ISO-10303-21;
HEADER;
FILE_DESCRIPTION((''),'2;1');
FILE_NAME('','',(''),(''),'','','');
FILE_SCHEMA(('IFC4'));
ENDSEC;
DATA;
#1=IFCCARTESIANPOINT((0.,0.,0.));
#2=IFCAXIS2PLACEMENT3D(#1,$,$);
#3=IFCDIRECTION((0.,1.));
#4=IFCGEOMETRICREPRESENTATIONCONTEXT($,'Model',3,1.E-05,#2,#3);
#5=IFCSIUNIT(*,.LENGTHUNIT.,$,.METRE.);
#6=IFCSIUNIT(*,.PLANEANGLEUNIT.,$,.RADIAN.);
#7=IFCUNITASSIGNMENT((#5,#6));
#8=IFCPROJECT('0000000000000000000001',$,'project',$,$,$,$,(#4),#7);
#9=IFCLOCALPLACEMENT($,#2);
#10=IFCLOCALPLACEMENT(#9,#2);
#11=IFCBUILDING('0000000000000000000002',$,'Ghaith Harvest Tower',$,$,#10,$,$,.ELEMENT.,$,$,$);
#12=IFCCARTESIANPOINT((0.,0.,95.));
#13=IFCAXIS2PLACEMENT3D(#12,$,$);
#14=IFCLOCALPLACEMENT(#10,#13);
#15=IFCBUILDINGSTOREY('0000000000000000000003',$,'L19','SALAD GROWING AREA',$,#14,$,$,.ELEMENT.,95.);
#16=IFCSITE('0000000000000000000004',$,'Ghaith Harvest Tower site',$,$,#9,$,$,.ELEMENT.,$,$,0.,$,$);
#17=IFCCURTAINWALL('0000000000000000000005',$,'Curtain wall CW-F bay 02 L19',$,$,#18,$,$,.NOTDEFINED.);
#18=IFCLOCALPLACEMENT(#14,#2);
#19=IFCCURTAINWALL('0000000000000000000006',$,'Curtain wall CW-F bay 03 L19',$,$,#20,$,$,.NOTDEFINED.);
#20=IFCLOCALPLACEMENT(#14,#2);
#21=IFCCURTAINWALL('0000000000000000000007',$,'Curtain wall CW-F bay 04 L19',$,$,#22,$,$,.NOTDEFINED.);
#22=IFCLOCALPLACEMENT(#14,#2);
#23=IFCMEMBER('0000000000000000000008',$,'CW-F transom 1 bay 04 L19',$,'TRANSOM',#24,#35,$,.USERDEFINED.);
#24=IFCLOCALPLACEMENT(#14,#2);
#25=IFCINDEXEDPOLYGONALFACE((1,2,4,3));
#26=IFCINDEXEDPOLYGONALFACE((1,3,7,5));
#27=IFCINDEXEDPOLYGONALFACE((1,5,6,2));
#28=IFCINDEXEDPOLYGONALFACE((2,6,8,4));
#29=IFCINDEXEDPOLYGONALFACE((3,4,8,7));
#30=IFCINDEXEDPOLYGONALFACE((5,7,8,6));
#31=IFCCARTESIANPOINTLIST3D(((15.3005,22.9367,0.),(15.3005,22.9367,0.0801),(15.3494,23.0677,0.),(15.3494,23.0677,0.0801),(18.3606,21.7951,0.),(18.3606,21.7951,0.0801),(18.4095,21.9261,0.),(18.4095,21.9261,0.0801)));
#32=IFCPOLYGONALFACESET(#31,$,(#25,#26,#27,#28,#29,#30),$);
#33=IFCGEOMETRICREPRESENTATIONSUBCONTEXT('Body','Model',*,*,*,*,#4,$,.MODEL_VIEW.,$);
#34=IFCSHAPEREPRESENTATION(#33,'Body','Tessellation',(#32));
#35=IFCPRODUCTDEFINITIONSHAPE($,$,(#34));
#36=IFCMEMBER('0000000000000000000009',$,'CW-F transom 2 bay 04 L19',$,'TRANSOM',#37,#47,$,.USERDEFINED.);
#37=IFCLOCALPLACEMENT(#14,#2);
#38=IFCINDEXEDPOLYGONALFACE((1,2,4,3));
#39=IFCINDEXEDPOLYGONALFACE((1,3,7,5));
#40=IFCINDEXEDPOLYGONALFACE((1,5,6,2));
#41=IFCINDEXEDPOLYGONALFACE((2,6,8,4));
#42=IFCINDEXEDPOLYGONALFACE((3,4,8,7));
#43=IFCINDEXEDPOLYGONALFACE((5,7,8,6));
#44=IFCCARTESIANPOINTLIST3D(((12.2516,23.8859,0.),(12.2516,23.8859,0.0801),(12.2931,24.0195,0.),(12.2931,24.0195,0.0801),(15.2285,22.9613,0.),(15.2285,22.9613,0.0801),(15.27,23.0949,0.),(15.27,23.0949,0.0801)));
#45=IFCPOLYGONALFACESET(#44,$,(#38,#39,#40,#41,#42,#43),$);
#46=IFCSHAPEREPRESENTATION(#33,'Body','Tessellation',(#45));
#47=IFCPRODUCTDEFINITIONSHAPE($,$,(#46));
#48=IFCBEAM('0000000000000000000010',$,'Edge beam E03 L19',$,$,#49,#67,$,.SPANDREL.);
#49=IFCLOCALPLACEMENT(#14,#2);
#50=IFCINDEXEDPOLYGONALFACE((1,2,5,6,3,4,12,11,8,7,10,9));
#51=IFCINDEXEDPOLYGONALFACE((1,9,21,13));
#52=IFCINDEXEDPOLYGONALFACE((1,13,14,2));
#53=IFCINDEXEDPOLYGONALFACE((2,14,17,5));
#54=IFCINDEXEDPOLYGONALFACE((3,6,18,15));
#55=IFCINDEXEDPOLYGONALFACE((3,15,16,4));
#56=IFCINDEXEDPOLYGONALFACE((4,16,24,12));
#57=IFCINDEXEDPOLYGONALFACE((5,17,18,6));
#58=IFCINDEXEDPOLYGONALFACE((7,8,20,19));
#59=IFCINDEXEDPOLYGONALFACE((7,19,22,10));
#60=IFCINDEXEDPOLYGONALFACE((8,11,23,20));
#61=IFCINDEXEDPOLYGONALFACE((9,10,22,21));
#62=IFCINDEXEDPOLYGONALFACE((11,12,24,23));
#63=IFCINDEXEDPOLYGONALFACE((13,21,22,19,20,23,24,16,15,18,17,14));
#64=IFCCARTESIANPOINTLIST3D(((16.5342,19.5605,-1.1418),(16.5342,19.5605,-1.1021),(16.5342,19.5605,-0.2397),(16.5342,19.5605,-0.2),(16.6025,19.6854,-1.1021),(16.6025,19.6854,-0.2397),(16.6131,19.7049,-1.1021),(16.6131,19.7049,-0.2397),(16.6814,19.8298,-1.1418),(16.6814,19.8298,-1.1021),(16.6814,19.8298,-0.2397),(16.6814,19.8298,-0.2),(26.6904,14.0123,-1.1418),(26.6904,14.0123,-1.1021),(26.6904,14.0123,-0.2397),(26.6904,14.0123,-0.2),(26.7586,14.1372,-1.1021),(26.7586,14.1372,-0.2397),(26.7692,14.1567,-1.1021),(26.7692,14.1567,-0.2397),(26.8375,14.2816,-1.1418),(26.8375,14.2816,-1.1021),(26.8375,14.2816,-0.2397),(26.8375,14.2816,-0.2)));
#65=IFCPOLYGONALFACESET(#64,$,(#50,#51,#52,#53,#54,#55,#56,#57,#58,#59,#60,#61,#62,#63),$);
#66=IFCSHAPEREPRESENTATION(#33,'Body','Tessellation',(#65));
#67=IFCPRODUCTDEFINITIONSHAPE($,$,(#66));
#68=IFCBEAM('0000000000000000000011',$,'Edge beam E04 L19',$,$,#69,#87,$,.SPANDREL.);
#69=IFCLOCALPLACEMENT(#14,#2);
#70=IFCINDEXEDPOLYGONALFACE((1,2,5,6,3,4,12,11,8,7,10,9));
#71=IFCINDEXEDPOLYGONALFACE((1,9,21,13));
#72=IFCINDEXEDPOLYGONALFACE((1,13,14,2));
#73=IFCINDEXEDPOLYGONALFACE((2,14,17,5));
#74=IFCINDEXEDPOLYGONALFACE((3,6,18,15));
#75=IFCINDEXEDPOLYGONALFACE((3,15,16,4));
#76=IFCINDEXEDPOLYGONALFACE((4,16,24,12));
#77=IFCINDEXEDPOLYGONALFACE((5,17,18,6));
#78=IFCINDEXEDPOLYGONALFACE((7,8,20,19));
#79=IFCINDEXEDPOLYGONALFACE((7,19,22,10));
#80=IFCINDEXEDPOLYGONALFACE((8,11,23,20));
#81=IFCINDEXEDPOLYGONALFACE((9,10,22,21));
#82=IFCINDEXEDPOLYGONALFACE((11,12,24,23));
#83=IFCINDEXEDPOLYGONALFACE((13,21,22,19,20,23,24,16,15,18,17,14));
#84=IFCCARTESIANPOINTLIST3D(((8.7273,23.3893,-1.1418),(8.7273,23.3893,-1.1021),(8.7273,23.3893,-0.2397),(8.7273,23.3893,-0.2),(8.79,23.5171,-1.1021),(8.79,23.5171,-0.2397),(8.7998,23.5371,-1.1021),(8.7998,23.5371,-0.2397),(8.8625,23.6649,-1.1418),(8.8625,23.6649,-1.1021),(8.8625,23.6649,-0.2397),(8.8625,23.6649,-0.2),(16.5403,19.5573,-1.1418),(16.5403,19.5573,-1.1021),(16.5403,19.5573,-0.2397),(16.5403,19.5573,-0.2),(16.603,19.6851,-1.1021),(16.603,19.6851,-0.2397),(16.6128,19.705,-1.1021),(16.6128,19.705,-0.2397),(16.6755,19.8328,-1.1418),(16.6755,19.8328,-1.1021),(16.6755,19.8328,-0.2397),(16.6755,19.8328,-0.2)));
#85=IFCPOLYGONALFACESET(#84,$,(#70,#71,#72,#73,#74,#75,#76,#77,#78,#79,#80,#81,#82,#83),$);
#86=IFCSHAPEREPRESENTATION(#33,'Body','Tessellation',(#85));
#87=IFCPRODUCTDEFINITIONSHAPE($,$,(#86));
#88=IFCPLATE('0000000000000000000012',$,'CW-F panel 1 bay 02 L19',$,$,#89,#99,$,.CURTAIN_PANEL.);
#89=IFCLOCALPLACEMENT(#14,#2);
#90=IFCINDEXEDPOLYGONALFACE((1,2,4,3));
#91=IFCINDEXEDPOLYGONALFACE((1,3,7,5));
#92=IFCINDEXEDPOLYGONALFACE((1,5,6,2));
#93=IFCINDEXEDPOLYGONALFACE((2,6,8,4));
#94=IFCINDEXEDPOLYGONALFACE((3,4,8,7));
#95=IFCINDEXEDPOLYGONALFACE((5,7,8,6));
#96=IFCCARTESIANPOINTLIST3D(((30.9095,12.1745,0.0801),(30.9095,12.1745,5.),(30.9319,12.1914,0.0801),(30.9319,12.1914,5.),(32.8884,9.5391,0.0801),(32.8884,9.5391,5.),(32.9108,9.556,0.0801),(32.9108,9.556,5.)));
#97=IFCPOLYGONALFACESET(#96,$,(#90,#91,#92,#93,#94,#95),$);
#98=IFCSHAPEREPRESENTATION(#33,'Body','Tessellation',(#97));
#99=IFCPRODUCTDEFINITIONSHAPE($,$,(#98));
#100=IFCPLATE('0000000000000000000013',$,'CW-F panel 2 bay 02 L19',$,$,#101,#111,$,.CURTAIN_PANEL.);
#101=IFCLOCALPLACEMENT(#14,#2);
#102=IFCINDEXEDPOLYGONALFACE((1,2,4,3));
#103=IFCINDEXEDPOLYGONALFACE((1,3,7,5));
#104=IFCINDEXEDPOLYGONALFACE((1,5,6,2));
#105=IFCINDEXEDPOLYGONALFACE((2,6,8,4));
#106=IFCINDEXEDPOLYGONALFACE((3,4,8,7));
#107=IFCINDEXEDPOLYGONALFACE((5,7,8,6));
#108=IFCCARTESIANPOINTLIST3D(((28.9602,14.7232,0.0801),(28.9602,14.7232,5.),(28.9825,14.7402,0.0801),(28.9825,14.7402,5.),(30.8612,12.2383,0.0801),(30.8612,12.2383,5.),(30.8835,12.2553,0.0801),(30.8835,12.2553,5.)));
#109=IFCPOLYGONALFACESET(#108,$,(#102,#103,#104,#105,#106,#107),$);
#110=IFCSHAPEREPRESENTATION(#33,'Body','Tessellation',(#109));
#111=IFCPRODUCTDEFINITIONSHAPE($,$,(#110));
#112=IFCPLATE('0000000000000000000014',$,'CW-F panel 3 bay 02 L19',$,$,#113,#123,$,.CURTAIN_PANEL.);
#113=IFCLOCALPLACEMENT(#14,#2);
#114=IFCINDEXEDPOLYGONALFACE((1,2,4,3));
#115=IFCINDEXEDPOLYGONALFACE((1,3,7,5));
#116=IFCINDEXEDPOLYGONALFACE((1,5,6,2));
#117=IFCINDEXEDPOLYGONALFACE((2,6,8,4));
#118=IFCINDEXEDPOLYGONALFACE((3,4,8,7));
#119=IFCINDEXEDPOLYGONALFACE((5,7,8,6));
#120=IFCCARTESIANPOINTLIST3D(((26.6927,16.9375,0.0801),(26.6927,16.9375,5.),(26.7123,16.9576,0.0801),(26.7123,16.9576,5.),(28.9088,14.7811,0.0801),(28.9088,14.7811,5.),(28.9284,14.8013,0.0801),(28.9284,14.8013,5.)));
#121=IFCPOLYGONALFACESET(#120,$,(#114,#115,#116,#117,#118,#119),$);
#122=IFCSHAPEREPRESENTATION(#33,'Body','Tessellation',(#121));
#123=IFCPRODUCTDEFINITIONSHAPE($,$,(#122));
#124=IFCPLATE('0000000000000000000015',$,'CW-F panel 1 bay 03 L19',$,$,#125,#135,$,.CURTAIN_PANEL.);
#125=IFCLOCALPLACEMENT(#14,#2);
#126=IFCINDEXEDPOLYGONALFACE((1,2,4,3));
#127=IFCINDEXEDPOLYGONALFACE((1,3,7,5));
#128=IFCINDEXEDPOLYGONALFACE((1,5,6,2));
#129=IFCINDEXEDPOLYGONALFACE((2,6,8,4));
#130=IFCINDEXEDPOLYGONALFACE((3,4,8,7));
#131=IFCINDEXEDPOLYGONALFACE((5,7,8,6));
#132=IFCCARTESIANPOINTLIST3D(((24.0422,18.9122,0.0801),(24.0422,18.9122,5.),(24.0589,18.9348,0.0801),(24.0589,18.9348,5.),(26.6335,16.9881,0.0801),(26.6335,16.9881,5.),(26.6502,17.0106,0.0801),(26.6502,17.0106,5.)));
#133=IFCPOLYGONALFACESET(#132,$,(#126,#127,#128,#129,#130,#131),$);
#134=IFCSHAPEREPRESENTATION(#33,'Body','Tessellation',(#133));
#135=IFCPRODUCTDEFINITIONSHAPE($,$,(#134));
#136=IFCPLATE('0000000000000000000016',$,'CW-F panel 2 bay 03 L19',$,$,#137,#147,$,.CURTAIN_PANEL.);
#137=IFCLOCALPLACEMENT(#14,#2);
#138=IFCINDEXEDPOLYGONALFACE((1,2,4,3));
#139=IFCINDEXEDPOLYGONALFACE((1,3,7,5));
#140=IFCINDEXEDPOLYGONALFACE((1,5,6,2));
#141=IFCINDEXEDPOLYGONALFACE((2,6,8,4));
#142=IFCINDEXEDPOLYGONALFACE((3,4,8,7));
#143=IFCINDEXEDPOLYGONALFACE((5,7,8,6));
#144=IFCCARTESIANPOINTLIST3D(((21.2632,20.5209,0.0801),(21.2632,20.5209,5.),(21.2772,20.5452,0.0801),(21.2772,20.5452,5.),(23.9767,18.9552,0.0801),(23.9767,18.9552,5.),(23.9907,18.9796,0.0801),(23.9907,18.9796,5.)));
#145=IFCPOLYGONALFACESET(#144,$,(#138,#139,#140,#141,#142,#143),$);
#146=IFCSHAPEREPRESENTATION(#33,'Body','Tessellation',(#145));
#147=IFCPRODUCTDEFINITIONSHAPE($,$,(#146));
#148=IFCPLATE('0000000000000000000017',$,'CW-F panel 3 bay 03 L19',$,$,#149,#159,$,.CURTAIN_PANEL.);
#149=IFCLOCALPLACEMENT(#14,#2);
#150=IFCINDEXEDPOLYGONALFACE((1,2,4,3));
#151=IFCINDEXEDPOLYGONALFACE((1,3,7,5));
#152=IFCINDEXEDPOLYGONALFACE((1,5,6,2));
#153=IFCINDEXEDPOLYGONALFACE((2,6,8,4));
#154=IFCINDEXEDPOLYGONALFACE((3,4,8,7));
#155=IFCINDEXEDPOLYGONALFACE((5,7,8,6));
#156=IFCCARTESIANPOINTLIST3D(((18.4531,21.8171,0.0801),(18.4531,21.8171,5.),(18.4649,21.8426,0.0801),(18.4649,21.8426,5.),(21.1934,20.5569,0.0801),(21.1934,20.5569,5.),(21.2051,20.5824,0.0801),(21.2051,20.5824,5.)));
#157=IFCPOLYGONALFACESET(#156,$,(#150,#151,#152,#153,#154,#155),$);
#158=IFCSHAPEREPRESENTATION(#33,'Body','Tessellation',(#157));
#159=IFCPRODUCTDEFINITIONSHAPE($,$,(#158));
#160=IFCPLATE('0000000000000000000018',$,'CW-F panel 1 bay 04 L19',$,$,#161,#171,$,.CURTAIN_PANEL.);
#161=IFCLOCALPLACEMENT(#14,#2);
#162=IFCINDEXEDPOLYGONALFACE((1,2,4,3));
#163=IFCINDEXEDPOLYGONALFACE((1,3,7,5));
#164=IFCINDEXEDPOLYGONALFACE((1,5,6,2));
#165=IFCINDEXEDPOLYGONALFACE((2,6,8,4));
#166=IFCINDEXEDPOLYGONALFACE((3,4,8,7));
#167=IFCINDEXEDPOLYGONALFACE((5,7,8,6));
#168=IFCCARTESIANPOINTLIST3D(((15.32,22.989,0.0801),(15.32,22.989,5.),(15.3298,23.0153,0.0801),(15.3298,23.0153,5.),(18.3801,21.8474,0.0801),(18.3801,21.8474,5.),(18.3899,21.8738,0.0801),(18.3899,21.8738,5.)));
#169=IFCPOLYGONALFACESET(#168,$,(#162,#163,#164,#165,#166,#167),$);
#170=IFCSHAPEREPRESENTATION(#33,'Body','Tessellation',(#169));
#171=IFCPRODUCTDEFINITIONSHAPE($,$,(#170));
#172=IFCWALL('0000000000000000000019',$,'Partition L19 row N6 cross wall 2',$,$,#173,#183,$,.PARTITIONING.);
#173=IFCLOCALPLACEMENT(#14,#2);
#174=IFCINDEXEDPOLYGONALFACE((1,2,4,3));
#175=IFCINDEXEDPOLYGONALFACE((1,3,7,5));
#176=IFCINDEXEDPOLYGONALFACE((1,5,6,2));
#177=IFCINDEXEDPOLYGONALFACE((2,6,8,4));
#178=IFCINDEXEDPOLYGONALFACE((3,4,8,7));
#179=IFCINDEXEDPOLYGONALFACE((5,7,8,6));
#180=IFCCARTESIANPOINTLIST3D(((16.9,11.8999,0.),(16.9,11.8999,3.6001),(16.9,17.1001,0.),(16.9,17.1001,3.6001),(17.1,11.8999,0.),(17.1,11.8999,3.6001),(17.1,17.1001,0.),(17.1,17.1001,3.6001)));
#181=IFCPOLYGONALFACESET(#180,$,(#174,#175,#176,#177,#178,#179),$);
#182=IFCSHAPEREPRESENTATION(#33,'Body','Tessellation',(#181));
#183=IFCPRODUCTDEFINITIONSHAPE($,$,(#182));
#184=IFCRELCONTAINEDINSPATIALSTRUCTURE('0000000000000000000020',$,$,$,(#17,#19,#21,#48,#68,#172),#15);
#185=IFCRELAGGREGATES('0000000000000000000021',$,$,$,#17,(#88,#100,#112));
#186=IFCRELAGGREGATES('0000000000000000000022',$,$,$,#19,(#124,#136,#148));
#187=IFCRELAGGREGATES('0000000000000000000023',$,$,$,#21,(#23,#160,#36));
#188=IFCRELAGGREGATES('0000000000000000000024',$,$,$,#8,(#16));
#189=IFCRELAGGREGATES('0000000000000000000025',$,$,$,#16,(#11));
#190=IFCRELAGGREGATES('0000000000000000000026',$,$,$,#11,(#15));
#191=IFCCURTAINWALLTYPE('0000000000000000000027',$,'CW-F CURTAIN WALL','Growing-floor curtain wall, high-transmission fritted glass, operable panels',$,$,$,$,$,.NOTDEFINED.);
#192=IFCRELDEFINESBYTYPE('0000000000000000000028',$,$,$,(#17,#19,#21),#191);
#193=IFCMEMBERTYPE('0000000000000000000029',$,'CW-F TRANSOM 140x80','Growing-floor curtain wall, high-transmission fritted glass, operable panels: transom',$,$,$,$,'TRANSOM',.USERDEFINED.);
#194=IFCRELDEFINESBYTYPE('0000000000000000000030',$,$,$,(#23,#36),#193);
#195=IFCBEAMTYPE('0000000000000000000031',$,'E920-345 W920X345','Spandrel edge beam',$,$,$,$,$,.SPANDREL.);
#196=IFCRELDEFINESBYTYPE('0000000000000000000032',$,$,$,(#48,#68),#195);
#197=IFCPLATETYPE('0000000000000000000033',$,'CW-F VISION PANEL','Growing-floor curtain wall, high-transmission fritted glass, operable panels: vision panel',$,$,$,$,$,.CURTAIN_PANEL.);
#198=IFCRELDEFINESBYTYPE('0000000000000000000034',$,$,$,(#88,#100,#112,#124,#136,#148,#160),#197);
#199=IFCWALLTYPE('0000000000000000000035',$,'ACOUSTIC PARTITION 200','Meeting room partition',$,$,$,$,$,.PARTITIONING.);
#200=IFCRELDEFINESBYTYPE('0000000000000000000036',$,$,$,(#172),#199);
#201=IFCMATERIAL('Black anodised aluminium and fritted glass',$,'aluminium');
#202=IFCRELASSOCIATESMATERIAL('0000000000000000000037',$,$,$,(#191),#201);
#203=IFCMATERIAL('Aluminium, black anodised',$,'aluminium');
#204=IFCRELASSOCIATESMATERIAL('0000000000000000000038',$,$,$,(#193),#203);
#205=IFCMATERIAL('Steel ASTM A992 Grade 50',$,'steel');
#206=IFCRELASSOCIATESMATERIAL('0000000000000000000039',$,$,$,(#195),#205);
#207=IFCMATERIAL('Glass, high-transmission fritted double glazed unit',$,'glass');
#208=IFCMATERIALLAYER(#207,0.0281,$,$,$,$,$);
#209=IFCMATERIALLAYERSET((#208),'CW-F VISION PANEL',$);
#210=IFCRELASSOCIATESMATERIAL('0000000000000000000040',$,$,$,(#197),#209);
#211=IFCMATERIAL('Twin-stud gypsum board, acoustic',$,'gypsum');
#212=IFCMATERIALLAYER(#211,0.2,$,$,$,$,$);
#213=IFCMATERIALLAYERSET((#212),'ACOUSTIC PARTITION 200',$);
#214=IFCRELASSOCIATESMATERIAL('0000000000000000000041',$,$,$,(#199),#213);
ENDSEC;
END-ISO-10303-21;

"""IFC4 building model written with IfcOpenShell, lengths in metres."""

from ifc_helpers import new_model, si_unit, direction, frame, frame_2d, origin, origin_2d, place, context, subcontext, project, spatial, rectangle, i_section, extrude, material, layer, layer_set, material_profile, profile_set, type_object, element, aggregate, save


model = new_model("IFC4")

# Units and contexts
model_context = context("Model", 3, precision=1e-05, world=origin(), true_north=direction((0.0, 1.0)))
body_context = subcontext(model_context, "Body", "Model", "MODEL_VIEW")
ifc_project = project(units=[si_unit("LENGTHUNIT", "METRE"), si_unit("PLANEANGLEUNIT", "RADIAN")], contexts=[model_context])

# Site, building, storey
site_placement = place(None, origin())
site = spatial("IfcSite", under=ifc_project, at=site_placement, Name="Ghaith Harvest Tower site", CompositionType="ELEMENT", RefElevation=0.0)
building_placement = place(site_placement, origin())
building = spatial("IfcBuilding", under=site, at=building_placement, Name="Ghaith Harvest Tower", CompositionType="ELEMENT")
storey_placement = place(building_placement, frame((0.0, 0.0, 95.0)))
storey = spatial("IfcBuildingStorey", under=building, at=storey_placement, Name="L19", Description="SALAD GROWING AREA", CompositionType="ELEMENT", Elevation=95.0)

# Curtain walls
ifc_material_1 = material(Name="Black anodised aluminium and fritted glass", Category="aluminium")
curtain_wall_type = type_object("IfcCurtainWallType", Name="CW-F CURTAIN WALL", Description="Growing-floor curtain wall, high-transmission fritted glass, operable panels", PredefinedType="NOTDEFINED", material=ifc_material_1)
curtain_wall_1_placement = place(storey_placement, origin())
curtain_wall_1 = element("IfcCurtainWall", 1, at=curtain_wall_1_placement, inside=storey, type_object=curtain_wall_type, Name="Curtain wall CW-F bay 02 L19", PredefinedType="NOTDEFINED")
curtain_wall_2_placement = place(storey_placement, origin())
curtain_wall_2 = element("IfcCurtainWall", 2, at=curtain_wall_2_placement, inside=storey, type_object=curtain_wall_type, Name="Curtain wall CW-F bay 03 L19", PredefinedType="NOTDEFINED")
curtain_wall_3_placement = place(storey_placement, origin())
curtain_wall_3 = element("IfcCurtainWall", 3, at=curtain_wall_3_placement, inside=storey, type_object=curtain_wall_type, Name="Curtain wall CW-F bay 04 L19", PredefinedType="NOTDEFINED")

# Members
ifc_material_2 = material(Name="Aluminium, black anodised", Category="aluminium")
ifc_material_profile_1 = material_profile(ifc_material_2, rectangle(XDim=0.1399, YDim=0.0801, at=origin_2d()), Name="CW-F TRANSOM 140x80")
ifc_profile_set_1 = profile_set([ifc_material_profile_1], Name="Aluminium, black anodised")
member_type_1 = type_object("IfcMemberType", Name="CW-F TRANSOM 140x80", Description="Growing-floor curtain wall, high-transmission fritted glass, operable panels: transom", ElementType="TRANSOM", PredefinedType="USERDEFINED", material=ifc_profile_set_1)
member_1_placement = place(storey_placement, frame((18.385, 21.8606, 0.04), z_axis=(-0.936924, 0.349534, 0.0), x_axis=(-0.349534, -0.936924, 0.0)))
member_1 = element("IfcMember", 4, at=member_1_placement, type_object=member_type_1, Name="CW-F transom 1 bay 04 L19", ObjectType="TRANSOM", PredefinedType="USERDEFINED", context=body_context, shape_type="SweptSolid", body=[
    extrude(rectangle(XDim=0.1399, YDim=0.0801, at=origin_2d()), origin(), (0.0, 0.0, 1.0), 3.2661),
])
member_2_placement = place(storey_placement, frame((15.2493, 23.0281, 0.04), z_axis=(-0.954998, 0.296611, 0.0), x_axis=(-0.296611, -0.954998, 0.0)))
member_2 = element("IfcMember", 5, at=member_2_placement, type_object=member_type_1, Name="CW-F transom 2 bay 04 L19", ObjectType="TRANSOM", PredefinedType="USERDEFINED", context=body_context, shape_type="SweptSolid", body=[
    extrude(rectangle(XDim=0.1399, YDim=0.0801, at=origin_2d()), origin(), (0.0, 0.0, 1.0), 3.1172),
])

# Beams
ifc_material_3 = material(Name="Steel ASTM A992 Grade 50", Category="steel")
ifc_material_profile_2 = material_profile(ifc_material_3, i_section(OverallWidth=0.3069, OverallDepth=0.9419, WebThickness=0.0222, FlangeThickness=0.0398, at=origin_2d()), Name="W920X345")
ifc_profile_set_2 = profile_set([ifc_material_profile_2], Name="Steel ASTM A992 Grade 50")
beam_type = type_object("IfcBeamType", Name="E920-345 W920X345", Description="Spandrel edge beam", PredefinedType="SPANDREL", material=ifc_profile_set_2)
beam_1_placement = place(storey_placement, frame((26.7639, 14.147, -0.6709), z_axis=(-0.877588, 0.479415, 0.0), x_axis=(-0.479415, -0.877588, 0.0)))
element("IfcBeam", 6, at=beam_1_placement, inside=storey, type_object=beam_type, Name="Edge beam E03 L19", PredefinedType="SPANDREL", context=body_context, shape_type="SweptSolid", body=[
    extrude(i_section(OverallWidth=0.3069, OverallDepth=0.9419, WebThickness=0.0222, FlangeThickness=0.0398, at=origin_2d()), origin(), (0.0, 0.0, 1.0), 11.5728),
])
beam_2_placement = place(storey_placement, frame((16.6079, 19.6951, -0.6709), z_axis=(-0.897824, 0.440355, 0.0), x_axis=(-0.440355, -0.897824, 0.0)))
element("IfcBeam", 7, at=beam_2_placement, inside=storey, type_object=beam_type, Name="Edge beam E04 L19", PredefinedType="SPANDREL", context=body_context, shape_type="SweptSolid", body=[
    extrude(i_section(OverallWidth=0.3069, OverallDepth=0.9419, WebThickness=0.0222, FlangeThickness=0.0398, at=origin_2d()), origin(), (0.0, 0.0, 1.0), 8.7021),
])

# Plates
ifc_material_4 = material(Name="Glass, high-transmission fritted double glazed unit", Category="glass")
ifc_layer_1 = layer(ifc_material_4, 0.0281)
ifc_layer_set_1 = layer_set([ifc_layer_1], Name="CW-F VISION PANEL")
plate_type = type_object("IfcPlateType", Name="CW-F VISION PANEL", Description="Growing-floor curtain wall, high-transmission fritted glass, operable panels: vision panel", PredefinedType="CURTAIN_PANEL", material=ifc_layer_set_1)
plate_1_placement = place(storey_placement, frame((31.9102, 10.8652, 0.0801), z_axis=(0.0, 0.0, 1.0), x_axis=(-0.600454, 0.799659, 0.0)))
plate_1 = element("IfcPlate", 8, at=plate_1_placement, type_object=plate_type, Name="CW-F panel 1 bay 02 L19", PredefinedType="CURTAIN_PANEL", context=body_context, shape_type="SweptSolid", body=[
    extrude(rectangle(XDim=3.2957, YDim=0.0281, at=origin_2d()), origin(), (0.0, 0.0, 1.0), 4.9199),
])
plate_2_placement = place(storey_placement, frame((29.9219, 13.4893, 0.0801), z_axis=(0.0, 0.0, 1.0), x_axis=(-0.607612, 0.794234, 0.0)))
plate_2 = element("IfcPlate", 9, at=plate_2_placement, type_object=plate_type, Name="CW-F panel 2 bay 02 L19", PredefinedType="CURTAIN_PANEL", context=body_context, shape_type="SweptSolid", body=[
    extrude(rectangle(XDim=3.1287, YDim=0.0281, at=origin_2d()), origin(), (0.0, 0.0, 1.0), 4.9199),
])
plate_3_placement = place(storey_placement, frame((27.8105, 15.8694, 0.0801), z_axis=(0.0, 0.0, 1.0), x_axis=(-0.716691, 0.697391, 0.0)))
plate_3 = element("IfcPlate", 10, at=plate_3_placement, type_object=plate_type, Name="CW-F panel 3 bay 02 L19", PredefinedType="CURTAIN_PANEL", context=body_context, shape_type="SweptSolid", body=[
    extrude(rectangle(XDim=3.092, YDim=0.0281, at=origin_2d()), origin(), (0.0, 0.0, 1.0), 4.9199),
])
aggregate(curtain_wall_1, [plate_1, plate_2, plate_3])
plate_4_placement = place(storey_placement, frame((25.3462, 17.9614, 0.0801), z_axis=(0.0, 0.0, 1.0), x_axis=(-0.802867, 0.596158, 0.0)))
plate_4 = element("IfcPlate", 11, at=plate_4_placement, type_object=plate_type, Name="CW-F panel 1 bay 03 L19", PredefinedType="CURTAIN_PANEL", context=body_context, shape_type="SweptSolid", body=[
    extrude(rectangle(XDim=3.2275, YDim=0.0281, at=origin_2d()), origin(), (0.0, 0.0, 1.0), 4.9199),
])
plate_5_placement = place(storey_placement, frame((22.627, 19.7502, 0.0801), z_axis=(0.0, 0.0, 1.0), x_axis=(-0.866159, 0.499768, 0.0)))
plate_5 = element("IfcPlate", 12, at=plate_5_placement, type_object=plate_type, Name="CW-F panel 2 bay 03 L19", PredefinedType="CURTAIN_PANEL", context=body_context, shape_type="SweptSolid", body=[
    extrude(rectangle(XDim=3.1328, YDim=0.0281, at=origin_2d()), origin(), (0.0, 0.0, 1.0), 4.9199),
])
plate_6_placement = place(storey_placement, frame((19.8291, 21.1997, 0.0801), z_axis=(0.0, 0.0, 1.0), x_axis=(-0.90853, 0.417821, 0.0)))
plate_6 = element("IfcPlate", 13, at=plate_6_placement, type_object=plate_type, Name="CW-F panel 3 bay 03 L19", PredefinedType="CURTAIN_PANEL", context=body_context, shape_type="SweptSolid", body=[
    extrude(rectangle(XDim=3.0161, YDim=0.0281, at=origin_2d()), origin(), (0.0, 0.0, 1.0), 4.9199),
])
aggregate(curtain_wall_2, [plate_4, plate_5, plate_6])
plate_7_placement = place(storey_placement, frame((16.855, 22.4314, 0.0801), z_axis=(0.0, 0.0, 1.0), x_axis=(-0.936926, 0.349526, 0.0)))
plate_7 = element("IfcPlate", 14, at=plate_7_placement, type_object=plate_type, Name="CW-F panel 1 bay 04 L19", PredefinedType="CURTAIN_PANEL", context=body_context, shape_type="SweptSolid", body=[
    extrude(rectangle(XDim=3.2661, YDim=0.0281, at=origin_2d()), origin(), (0.0, 0.0, 1.0), 4.9199),
])
aggregate(curtain_wall_3, [member_1, plate_7, member_2])

# Wall
ifc_material_5 = material(Name="Twin-stud gypsum board, acoustic", Category="gypsum")
ifc_layer_2 = layer(ifc_material_5, 0.2)
ifc_layer_set_2 = layer_set([ifc_layer_2], Name="ACOUSTIC PARTITION 200")
wall_type_1 = type_object("IfcWallType", Name="ACOUSTIC PARTITION 200", Description="Meeting room partition", PredefinedType="PARTITIONING", material=ifc_layer_set_2)
wall_1_placement = place(storey_placement, frame((17.0, 11.8999, 0.0), z_axis=(0.0, 0.0, 1.0), x_axis=(0.0, 1.0, 0.0)))
element("IfcWall", 15, at=wall_1_placement, inside=storey, type_object=wall_type_1, Name="Partition L19 row N6 cross wall 2", PredefinedType="PARTITIONING", context=body_context, shape_type="SweptSolid", body=[
    extrude(rectangle(XDim=5.2002, YDim=0.2, at=frame_2d((2.6001, 0.0))), origin(), (0.0, 0.0, 1.0), 3.6001),
])

save(model, "model.ifc")
